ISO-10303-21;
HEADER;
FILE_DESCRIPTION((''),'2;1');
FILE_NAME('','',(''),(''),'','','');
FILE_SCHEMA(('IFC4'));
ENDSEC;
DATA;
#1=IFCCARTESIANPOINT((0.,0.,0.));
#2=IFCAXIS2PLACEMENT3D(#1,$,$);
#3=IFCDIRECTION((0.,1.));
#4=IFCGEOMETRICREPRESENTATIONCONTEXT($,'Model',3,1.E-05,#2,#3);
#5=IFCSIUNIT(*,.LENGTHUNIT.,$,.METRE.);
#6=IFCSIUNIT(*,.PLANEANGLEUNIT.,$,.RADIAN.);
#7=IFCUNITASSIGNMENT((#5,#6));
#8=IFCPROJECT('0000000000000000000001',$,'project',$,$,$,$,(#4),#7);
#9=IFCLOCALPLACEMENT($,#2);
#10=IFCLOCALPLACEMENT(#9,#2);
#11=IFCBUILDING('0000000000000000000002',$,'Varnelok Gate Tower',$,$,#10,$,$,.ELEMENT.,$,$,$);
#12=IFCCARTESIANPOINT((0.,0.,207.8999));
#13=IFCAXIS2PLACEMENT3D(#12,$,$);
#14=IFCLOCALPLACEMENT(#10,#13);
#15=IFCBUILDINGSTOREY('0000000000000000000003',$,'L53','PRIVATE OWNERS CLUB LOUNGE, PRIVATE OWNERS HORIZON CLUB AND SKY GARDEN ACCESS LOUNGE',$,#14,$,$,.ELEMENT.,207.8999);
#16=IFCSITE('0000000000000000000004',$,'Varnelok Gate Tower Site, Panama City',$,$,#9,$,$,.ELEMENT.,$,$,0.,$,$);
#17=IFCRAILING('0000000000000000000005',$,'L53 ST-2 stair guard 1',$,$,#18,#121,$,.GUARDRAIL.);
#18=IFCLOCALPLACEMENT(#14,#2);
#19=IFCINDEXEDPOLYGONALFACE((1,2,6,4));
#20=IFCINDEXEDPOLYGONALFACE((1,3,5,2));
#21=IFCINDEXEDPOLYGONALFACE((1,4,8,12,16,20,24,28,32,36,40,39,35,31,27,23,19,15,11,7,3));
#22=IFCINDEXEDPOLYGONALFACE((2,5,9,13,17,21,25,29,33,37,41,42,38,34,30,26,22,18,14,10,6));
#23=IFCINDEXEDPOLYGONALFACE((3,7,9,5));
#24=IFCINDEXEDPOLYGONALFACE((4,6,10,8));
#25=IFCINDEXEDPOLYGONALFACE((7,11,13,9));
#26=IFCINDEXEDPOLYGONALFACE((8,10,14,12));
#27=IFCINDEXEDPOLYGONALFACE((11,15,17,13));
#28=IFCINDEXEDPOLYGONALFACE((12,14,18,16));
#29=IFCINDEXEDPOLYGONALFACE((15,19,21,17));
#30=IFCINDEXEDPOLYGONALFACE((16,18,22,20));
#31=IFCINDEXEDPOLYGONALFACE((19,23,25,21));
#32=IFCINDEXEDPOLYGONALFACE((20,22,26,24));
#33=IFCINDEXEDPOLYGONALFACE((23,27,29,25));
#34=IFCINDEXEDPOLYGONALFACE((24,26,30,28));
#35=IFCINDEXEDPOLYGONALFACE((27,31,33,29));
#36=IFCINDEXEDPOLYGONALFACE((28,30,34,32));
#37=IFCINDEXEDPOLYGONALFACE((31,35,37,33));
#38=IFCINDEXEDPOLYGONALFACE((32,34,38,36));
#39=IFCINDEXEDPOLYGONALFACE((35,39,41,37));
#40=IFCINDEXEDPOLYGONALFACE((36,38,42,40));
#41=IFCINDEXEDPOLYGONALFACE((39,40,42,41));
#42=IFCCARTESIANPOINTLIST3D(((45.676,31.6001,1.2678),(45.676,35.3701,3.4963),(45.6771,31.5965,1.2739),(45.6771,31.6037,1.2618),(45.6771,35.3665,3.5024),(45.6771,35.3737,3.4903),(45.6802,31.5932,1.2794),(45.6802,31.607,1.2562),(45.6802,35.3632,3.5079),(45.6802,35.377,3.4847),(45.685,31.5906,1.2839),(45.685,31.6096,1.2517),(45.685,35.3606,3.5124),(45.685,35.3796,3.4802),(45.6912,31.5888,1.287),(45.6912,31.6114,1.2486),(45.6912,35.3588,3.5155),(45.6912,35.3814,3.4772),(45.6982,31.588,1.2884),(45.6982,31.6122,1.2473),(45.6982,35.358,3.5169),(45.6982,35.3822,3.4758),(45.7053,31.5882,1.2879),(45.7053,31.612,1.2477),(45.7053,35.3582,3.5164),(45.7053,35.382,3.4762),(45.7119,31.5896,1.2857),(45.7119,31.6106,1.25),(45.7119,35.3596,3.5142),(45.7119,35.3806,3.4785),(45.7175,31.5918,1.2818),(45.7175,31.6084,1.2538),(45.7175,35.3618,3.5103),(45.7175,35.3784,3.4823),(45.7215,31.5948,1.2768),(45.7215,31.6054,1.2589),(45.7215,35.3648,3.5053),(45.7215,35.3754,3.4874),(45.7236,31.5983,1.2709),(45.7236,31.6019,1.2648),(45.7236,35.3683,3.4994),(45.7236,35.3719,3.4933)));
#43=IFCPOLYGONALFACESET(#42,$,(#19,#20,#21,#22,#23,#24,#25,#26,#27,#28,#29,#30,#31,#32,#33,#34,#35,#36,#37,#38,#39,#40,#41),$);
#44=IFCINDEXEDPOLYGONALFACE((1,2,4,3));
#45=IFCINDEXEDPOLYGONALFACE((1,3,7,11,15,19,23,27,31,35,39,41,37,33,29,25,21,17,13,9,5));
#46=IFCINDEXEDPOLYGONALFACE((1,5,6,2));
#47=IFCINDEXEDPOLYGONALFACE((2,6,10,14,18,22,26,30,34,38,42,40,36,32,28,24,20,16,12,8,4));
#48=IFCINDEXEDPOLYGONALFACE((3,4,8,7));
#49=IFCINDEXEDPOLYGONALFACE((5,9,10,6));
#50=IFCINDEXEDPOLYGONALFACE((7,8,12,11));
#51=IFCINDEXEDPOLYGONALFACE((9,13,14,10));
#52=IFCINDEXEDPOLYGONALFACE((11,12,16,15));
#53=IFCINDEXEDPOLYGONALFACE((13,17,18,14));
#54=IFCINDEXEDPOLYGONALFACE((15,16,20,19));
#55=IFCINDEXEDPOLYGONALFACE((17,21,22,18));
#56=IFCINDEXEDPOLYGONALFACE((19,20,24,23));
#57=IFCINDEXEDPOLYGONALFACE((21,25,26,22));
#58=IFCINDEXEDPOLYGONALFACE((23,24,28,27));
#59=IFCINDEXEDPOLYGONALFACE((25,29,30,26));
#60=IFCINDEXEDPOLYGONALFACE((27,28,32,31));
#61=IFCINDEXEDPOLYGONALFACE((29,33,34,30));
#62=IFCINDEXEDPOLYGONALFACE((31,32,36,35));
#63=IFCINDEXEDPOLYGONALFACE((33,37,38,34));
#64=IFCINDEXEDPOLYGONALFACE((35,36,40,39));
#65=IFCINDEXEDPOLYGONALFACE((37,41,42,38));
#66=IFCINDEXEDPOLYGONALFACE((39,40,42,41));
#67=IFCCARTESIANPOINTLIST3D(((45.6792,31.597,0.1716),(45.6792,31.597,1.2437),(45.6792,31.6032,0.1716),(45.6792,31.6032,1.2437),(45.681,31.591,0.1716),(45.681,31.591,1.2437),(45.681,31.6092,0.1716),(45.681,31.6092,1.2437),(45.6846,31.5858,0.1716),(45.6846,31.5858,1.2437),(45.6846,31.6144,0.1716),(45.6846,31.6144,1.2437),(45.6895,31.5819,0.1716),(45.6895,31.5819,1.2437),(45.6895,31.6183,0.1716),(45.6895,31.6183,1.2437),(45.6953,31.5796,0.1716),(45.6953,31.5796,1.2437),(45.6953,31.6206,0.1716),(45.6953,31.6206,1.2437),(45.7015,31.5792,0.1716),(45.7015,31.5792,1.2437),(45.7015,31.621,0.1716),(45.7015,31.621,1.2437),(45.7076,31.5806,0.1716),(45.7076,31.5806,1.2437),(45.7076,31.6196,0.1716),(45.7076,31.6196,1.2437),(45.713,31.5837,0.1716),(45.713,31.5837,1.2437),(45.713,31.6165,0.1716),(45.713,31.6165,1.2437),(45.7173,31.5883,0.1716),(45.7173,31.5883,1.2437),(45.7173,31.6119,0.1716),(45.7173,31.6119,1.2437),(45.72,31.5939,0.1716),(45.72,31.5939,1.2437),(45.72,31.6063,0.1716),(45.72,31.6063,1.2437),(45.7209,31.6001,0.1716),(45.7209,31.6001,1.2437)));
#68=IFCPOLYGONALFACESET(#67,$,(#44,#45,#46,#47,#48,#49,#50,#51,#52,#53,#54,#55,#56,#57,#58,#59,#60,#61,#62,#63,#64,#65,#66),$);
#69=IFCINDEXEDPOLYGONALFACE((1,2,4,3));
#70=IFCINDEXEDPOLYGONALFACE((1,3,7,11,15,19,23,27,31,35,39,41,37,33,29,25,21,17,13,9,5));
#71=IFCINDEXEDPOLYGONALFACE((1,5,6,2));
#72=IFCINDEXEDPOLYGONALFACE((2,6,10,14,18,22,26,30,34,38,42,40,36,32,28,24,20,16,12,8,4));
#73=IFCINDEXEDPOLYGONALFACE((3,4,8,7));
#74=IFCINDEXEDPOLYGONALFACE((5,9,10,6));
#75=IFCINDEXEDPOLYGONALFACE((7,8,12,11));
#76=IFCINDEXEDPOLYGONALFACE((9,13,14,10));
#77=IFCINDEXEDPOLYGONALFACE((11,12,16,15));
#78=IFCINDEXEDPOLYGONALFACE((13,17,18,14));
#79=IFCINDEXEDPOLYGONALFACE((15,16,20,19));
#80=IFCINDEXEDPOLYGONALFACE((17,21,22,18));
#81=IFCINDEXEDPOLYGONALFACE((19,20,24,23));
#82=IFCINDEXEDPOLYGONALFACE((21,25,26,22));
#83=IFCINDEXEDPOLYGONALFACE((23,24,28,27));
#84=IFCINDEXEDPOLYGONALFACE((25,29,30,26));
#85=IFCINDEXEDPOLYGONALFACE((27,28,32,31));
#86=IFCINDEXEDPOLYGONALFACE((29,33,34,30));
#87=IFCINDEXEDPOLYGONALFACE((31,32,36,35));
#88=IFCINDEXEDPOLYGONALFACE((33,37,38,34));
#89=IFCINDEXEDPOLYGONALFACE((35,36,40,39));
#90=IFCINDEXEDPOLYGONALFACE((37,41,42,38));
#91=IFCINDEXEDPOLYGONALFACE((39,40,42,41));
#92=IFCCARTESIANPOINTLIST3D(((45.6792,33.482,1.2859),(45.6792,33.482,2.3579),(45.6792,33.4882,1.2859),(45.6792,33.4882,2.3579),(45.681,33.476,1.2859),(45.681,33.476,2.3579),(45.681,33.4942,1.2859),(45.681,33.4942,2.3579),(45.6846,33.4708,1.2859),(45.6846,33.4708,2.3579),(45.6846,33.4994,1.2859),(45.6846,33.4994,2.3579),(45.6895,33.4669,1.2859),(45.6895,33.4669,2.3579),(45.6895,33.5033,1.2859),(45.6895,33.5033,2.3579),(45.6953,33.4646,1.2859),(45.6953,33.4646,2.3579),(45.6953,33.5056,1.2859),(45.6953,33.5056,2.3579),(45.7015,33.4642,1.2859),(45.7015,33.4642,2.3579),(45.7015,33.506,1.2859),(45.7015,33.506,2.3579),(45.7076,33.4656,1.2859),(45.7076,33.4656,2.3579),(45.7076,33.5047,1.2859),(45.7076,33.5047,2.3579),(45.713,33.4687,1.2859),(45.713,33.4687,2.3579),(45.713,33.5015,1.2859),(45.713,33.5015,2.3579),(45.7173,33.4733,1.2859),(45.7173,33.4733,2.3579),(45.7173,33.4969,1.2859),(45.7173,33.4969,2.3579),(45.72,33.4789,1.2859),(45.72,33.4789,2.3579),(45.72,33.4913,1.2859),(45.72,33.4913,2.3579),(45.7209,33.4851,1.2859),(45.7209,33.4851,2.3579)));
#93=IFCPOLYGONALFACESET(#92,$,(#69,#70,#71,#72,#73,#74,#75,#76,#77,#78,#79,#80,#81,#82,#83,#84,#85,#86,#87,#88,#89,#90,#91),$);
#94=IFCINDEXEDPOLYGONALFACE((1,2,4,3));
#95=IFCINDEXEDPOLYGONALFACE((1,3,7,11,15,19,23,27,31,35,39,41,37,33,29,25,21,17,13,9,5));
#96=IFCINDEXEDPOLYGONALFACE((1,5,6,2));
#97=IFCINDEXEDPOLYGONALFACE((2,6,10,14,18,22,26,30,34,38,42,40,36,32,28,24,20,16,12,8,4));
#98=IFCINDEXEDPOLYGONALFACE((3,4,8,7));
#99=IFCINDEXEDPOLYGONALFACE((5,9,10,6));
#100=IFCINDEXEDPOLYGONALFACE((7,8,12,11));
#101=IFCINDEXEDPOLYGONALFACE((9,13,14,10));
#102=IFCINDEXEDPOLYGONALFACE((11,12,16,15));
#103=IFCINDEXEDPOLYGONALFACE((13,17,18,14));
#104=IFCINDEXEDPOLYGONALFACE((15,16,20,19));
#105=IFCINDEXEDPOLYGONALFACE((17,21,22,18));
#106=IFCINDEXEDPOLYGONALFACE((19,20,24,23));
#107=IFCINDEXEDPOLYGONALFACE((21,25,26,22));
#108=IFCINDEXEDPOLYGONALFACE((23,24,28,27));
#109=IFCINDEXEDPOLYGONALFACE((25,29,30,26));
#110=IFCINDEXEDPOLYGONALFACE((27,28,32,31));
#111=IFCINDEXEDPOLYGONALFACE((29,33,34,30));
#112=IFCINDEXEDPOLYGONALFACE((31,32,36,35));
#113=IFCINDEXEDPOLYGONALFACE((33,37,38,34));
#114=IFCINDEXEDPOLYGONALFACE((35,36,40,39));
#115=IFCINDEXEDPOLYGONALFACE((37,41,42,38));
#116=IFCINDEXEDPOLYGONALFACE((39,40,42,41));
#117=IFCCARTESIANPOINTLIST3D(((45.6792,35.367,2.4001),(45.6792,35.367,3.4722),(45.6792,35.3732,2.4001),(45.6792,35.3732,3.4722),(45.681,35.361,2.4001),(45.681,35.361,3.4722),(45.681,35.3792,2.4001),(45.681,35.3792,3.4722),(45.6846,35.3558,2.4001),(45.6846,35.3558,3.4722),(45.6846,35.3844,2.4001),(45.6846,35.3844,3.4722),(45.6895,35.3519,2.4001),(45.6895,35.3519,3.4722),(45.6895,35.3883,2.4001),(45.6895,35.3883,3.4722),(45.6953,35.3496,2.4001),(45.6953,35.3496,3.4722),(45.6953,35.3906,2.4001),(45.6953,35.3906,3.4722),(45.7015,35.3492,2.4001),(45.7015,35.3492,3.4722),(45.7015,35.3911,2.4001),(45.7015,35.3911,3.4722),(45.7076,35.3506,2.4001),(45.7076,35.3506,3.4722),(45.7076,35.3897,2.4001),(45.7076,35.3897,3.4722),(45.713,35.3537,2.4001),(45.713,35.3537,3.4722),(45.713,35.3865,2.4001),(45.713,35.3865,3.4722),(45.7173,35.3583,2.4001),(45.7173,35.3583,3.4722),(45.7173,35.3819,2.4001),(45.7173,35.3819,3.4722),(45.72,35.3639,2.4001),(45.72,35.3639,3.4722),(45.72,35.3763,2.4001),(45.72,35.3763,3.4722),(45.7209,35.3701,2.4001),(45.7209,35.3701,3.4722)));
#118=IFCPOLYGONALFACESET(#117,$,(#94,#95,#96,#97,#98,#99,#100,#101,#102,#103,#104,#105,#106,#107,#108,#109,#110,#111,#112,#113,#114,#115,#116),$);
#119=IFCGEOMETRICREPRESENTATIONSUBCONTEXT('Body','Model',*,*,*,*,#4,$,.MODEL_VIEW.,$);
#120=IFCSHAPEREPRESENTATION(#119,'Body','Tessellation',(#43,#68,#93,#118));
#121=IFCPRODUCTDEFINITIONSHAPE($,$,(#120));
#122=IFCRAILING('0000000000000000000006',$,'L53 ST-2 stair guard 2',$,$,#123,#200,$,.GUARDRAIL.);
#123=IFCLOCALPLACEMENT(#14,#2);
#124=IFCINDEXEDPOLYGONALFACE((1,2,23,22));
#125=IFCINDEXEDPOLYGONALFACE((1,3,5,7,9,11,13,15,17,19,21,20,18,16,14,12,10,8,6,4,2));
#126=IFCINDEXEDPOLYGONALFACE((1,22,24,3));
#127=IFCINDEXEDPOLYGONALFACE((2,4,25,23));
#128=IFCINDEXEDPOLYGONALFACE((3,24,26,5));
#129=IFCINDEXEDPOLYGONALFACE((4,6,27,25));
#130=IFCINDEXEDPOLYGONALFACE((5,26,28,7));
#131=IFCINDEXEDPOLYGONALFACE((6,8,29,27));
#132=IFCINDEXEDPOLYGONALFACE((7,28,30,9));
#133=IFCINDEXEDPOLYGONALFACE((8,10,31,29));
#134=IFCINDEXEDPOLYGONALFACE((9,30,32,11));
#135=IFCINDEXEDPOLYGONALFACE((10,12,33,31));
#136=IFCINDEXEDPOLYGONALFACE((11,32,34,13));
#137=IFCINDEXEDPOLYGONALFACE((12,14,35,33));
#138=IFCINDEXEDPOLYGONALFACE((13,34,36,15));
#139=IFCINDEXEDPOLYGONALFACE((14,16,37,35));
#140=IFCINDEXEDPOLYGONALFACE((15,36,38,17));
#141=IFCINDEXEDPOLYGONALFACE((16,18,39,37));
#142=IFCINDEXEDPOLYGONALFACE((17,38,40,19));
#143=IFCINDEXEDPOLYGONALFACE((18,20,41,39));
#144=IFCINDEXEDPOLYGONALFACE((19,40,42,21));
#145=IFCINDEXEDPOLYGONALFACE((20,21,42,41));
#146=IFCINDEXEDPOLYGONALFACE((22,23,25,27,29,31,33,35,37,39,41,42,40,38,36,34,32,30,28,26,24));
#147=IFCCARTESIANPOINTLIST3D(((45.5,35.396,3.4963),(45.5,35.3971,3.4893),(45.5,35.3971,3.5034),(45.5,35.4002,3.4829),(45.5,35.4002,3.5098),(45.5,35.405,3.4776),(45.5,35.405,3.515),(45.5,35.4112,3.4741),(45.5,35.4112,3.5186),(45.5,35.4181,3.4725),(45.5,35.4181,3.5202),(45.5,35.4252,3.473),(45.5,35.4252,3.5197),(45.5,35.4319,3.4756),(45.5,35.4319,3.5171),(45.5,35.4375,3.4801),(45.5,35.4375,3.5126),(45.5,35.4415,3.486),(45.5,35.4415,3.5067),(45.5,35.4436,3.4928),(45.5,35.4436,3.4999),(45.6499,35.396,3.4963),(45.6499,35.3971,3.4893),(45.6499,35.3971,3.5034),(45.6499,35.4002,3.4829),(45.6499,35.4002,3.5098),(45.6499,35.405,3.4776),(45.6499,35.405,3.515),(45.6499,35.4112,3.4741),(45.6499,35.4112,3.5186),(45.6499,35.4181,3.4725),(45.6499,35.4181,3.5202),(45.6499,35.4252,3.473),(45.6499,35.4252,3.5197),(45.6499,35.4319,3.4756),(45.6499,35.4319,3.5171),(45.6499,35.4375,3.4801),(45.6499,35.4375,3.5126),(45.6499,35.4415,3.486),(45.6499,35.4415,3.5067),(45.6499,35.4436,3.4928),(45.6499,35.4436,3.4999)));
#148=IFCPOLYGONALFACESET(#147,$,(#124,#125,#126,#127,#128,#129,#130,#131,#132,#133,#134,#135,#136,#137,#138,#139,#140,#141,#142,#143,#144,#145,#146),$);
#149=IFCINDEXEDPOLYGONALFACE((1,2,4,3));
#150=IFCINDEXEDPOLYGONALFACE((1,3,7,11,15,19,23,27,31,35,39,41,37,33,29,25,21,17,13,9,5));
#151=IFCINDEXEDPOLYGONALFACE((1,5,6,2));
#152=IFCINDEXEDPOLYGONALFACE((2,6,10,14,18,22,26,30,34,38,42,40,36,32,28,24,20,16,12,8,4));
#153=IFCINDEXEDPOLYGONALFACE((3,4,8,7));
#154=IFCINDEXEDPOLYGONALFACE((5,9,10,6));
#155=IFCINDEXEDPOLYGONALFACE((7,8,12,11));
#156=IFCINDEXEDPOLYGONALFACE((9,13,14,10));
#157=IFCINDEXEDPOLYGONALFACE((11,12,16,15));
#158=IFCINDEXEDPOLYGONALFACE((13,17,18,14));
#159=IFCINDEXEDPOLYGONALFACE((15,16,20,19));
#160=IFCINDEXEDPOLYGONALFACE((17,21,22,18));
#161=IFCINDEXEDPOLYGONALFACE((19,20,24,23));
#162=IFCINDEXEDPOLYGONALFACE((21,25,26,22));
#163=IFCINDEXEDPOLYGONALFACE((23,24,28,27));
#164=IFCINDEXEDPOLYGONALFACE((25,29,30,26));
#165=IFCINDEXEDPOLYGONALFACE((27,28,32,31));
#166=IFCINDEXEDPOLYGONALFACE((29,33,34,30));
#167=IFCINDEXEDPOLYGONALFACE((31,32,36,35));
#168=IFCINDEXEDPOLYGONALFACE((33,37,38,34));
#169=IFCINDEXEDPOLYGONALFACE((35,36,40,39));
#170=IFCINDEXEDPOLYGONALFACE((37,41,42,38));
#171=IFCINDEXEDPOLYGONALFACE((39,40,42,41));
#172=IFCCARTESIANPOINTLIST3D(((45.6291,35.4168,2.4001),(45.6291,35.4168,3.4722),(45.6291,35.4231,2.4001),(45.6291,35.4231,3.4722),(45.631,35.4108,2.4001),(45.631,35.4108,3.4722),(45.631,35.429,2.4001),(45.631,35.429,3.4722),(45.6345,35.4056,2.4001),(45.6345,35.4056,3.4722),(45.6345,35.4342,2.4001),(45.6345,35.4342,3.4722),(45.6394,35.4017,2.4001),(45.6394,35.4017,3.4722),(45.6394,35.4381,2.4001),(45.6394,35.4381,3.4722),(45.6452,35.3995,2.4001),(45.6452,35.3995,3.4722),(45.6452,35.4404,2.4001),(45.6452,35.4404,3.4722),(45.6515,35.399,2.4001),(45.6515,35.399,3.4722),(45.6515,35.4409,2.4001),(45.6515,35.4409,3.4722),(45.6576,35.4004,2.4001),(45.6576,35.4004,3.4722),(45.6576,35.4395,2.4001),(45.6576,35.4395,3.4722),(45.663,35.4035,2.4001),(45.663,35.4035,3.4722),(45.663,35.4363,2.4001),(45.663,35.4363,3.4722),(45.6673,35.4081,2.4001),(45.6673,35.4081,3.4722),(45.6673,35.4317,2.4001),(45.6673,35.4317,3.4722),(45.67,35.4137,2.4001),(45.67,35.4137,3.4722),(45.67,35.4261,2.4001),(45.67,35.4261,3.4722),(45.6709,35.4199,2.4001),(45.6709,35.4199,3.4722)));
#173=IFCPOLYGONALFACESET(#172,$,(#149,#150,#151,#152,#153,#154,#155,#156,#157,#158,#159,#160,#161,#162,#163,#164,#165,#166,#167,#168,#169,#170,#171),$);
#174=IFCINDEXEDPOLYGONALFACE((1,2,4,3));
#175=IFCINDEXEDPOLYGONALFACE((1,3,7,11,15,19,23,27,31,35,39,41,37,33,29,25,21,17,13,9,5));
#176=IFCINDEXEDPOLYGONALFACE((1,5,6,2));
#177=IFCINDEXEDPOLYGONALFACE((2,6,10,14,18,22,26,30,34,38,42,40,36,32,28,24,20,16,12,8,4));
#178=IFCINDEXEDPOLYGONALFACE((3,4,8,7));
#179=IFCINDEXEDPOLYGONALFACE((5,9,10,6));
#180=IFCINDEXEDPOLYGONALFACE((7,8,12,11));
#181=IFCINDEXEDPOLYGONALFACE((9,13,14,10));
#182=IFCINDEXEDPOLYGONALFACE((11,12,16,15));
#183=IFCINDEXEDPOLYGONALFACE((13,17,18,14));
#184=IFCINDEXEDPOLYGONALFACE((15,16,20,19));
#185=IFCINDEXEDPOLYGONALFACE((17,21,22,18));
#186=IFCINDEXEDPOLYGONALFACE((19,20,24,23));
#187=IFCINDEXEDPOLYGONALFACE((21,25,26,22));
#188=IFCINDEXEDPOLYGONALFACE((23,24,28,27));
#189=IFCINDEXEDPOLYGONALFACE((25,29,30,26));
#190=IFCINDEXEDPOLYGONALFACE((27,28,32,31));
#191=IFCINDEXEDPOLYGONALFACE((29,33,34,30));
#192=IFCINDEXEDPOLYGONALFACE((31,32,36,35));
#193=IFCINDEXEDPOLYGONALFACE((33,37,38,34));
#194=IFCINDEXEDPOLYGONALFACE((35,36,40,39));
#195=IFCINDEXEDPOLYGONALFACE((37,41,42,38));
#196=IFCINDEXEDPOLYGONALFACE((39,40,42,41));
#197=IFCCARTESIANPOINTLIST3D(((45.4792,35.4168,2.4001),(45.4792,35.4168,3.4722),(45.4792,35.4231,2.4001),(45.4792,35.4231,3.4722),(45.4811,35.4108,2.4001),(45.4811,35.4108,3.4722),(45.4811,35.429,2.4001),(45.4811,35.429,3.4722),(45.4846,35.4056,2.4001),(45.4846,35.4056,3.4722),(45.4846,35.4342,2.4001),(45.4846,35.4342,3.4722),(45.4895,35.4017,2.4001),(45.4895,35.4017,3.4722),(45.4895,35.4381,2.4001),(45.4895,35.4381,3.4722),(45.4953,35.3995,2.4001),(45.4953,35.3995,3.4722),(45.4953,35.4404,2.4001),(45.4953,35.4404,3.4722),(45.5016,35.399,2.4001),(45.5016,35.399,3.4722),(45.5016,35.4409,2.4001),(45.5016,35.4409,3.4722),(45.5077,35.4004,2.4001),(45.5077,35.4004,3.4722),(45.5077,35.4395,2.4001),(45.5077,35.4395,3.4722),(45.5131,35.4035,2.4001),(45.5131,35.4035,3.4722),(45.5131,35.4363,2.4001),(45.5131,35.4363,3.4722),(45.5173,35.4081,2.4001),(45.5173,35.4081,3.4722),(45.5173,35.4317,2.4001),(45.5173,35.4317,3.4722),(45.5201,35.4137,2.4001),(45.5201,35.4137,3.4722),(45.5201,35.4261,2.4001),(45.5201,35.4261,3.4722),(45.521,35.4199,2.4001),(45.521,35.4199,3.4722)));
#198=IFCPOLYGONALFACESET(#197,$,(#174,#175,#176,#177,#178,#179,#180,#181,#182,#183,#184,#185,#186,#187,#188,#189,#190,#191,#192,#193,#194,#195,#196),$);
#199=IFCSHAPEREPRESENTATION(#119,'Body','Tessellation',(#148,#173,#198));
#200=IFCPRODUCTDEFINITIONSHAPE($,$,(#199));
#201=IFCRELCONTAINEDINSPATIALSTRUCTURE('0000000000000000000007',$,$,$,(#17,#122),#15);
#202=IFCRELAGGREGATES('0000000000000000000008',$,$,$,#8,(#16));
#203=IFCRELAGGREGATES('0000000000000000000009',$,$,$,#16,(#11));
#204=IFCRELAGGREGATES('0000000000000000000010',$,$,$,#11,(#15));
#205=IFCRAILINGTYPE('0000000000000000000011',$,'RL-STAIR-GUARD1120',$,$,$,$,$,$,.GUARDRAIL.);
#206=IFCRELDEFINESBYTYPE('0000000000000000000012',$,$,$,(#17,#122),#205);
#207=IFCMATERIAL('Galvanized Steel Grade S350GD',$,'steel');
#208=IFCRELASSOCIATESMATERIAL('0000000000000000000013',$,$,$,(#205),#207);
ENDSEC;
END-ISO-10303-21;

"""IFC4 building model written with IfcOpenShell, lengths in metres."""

from ifc_helpers import new_model, si_unit, direction, frame, origin, origin_2d, place, context, subcontext, project, spatial, circle, extrude, material, type_object, element, save


model = new_model("IFC4")

# Units and contexts
model_context = context("Model", 3, precision=1e-05, world=origin(), true_north=direction((0.0, 1.0)))
body_context = subcontext(model_context, "Body", "Model", "MODEL_VIEW")
ifc_project = project(units=[si_unit("LENGTHUNIT", "METRE"), si_unit("PLANEANGLEUNIT", "RADIAN")], contexts=[model_context])

# Site, building, storey
site_placement = place(None, origin())
site = spatial("IfcSite", under=ifc_project, at=site_placement, Name="Varnelok Gate Tower Site, Panama City", CompositionType="ELEMENT", RefElevation=0.0)
building_placement = place(site_placement, origin())
building = spatial("IfcBuilding", under=site, at=building_placement, Name="Varnelok Gate Tower", CompositionType="ELEMENT")
storey_placement = place(building_placement, frame((0.0, 0.0, 207.8999)))
storey = spatial("IfcBuildingStorey", under=building, at=storey_placement, Name="L53", Description="PRIVATE OWNERS CLUB LOUNGE, PRIVATE OWNERS HORIZON CLUB AND SKY GARDEN ACCESS LOUNGE", CompositionType="ELEMENT", Elevation=207.8999)

# Shared definitions
ifc_material_1 = material(Name="Galvanized Steel Grade S350GD", Category="steel")

# Railings
railing_type_1 = type_object("IfcRailingType", Name="RL-STAIR-GUARD1120", PredefinedType="GUARDRAIL", material=ifc_material_1)
railing_1_placement = place(storey_placement, frame((45.7, 31.6001, 0.1716)))
element("IfcRailing", 1, at=railing_1_placement, inside=storey, type_object=railing_type_1, Name="L53 ST-2 stair guard 1", PredefinedType="GUARDRAIL", context=body_context, shape_type="SweptSolid", body=[
    extrude(circle(Radius=0.0239, at=origin_2d()), frame((0.0, 0.0, 1.0962), z_axis=(0.0, 0.860849, 0.508861), x_axis=(-1.0, 0.0, 0.0)), (0.0, 0.0, 1.0), 4.3794),
    extrude(circle(Radius=0.021, at=origin_2d()), origin(), (0.0, 0.0, 1.0), 1.072),
    extrude(circle(Radius=0.021, at=origin_2d()), frame((0.0, 1.885, 1.1143)), (0.0, 0.0, 1.0), 1.072),
    extrude(circle(Radius=0.021, at=origin_2d()), frame((0.0, 3.77, 2.2285)), (0.0, 0.0, 1.0), 1.072),
])
railing_2_placement = place(storey_placement, frame((45.6499, 35.4199, 2.4001)))
element("IfcRailing", 2, at=railing_2_placement, inside=storey, type_object=railing_type_1, Name="L53 ST-2 stair guard 2", PredefinedType="GUARDRAIL", context=body_context, shape_type="SweptSolid", body=[
    extrude(circle(Radius=0.0239, at=origin_2d()), frame((0.0, 0.0, 1.0962), z_axis=(-1.0, 0.0, 0.0), x_axis=(0.0, -1.0, 0.0)), (0.0, 0.0, 1.0), 0.1499),
    extrude(circle(Radius=0.021, at=origin_2d()), origin(), (0.0, 0.0, 1.0), 1.072),
    extrude(circle(Radius=0.021, at=origin_2d()), frame((-0.1499, 0.0, 0.0)), (0.0, 0.0, 1.0), 1.072),
])

save(model, "model.ifc")
